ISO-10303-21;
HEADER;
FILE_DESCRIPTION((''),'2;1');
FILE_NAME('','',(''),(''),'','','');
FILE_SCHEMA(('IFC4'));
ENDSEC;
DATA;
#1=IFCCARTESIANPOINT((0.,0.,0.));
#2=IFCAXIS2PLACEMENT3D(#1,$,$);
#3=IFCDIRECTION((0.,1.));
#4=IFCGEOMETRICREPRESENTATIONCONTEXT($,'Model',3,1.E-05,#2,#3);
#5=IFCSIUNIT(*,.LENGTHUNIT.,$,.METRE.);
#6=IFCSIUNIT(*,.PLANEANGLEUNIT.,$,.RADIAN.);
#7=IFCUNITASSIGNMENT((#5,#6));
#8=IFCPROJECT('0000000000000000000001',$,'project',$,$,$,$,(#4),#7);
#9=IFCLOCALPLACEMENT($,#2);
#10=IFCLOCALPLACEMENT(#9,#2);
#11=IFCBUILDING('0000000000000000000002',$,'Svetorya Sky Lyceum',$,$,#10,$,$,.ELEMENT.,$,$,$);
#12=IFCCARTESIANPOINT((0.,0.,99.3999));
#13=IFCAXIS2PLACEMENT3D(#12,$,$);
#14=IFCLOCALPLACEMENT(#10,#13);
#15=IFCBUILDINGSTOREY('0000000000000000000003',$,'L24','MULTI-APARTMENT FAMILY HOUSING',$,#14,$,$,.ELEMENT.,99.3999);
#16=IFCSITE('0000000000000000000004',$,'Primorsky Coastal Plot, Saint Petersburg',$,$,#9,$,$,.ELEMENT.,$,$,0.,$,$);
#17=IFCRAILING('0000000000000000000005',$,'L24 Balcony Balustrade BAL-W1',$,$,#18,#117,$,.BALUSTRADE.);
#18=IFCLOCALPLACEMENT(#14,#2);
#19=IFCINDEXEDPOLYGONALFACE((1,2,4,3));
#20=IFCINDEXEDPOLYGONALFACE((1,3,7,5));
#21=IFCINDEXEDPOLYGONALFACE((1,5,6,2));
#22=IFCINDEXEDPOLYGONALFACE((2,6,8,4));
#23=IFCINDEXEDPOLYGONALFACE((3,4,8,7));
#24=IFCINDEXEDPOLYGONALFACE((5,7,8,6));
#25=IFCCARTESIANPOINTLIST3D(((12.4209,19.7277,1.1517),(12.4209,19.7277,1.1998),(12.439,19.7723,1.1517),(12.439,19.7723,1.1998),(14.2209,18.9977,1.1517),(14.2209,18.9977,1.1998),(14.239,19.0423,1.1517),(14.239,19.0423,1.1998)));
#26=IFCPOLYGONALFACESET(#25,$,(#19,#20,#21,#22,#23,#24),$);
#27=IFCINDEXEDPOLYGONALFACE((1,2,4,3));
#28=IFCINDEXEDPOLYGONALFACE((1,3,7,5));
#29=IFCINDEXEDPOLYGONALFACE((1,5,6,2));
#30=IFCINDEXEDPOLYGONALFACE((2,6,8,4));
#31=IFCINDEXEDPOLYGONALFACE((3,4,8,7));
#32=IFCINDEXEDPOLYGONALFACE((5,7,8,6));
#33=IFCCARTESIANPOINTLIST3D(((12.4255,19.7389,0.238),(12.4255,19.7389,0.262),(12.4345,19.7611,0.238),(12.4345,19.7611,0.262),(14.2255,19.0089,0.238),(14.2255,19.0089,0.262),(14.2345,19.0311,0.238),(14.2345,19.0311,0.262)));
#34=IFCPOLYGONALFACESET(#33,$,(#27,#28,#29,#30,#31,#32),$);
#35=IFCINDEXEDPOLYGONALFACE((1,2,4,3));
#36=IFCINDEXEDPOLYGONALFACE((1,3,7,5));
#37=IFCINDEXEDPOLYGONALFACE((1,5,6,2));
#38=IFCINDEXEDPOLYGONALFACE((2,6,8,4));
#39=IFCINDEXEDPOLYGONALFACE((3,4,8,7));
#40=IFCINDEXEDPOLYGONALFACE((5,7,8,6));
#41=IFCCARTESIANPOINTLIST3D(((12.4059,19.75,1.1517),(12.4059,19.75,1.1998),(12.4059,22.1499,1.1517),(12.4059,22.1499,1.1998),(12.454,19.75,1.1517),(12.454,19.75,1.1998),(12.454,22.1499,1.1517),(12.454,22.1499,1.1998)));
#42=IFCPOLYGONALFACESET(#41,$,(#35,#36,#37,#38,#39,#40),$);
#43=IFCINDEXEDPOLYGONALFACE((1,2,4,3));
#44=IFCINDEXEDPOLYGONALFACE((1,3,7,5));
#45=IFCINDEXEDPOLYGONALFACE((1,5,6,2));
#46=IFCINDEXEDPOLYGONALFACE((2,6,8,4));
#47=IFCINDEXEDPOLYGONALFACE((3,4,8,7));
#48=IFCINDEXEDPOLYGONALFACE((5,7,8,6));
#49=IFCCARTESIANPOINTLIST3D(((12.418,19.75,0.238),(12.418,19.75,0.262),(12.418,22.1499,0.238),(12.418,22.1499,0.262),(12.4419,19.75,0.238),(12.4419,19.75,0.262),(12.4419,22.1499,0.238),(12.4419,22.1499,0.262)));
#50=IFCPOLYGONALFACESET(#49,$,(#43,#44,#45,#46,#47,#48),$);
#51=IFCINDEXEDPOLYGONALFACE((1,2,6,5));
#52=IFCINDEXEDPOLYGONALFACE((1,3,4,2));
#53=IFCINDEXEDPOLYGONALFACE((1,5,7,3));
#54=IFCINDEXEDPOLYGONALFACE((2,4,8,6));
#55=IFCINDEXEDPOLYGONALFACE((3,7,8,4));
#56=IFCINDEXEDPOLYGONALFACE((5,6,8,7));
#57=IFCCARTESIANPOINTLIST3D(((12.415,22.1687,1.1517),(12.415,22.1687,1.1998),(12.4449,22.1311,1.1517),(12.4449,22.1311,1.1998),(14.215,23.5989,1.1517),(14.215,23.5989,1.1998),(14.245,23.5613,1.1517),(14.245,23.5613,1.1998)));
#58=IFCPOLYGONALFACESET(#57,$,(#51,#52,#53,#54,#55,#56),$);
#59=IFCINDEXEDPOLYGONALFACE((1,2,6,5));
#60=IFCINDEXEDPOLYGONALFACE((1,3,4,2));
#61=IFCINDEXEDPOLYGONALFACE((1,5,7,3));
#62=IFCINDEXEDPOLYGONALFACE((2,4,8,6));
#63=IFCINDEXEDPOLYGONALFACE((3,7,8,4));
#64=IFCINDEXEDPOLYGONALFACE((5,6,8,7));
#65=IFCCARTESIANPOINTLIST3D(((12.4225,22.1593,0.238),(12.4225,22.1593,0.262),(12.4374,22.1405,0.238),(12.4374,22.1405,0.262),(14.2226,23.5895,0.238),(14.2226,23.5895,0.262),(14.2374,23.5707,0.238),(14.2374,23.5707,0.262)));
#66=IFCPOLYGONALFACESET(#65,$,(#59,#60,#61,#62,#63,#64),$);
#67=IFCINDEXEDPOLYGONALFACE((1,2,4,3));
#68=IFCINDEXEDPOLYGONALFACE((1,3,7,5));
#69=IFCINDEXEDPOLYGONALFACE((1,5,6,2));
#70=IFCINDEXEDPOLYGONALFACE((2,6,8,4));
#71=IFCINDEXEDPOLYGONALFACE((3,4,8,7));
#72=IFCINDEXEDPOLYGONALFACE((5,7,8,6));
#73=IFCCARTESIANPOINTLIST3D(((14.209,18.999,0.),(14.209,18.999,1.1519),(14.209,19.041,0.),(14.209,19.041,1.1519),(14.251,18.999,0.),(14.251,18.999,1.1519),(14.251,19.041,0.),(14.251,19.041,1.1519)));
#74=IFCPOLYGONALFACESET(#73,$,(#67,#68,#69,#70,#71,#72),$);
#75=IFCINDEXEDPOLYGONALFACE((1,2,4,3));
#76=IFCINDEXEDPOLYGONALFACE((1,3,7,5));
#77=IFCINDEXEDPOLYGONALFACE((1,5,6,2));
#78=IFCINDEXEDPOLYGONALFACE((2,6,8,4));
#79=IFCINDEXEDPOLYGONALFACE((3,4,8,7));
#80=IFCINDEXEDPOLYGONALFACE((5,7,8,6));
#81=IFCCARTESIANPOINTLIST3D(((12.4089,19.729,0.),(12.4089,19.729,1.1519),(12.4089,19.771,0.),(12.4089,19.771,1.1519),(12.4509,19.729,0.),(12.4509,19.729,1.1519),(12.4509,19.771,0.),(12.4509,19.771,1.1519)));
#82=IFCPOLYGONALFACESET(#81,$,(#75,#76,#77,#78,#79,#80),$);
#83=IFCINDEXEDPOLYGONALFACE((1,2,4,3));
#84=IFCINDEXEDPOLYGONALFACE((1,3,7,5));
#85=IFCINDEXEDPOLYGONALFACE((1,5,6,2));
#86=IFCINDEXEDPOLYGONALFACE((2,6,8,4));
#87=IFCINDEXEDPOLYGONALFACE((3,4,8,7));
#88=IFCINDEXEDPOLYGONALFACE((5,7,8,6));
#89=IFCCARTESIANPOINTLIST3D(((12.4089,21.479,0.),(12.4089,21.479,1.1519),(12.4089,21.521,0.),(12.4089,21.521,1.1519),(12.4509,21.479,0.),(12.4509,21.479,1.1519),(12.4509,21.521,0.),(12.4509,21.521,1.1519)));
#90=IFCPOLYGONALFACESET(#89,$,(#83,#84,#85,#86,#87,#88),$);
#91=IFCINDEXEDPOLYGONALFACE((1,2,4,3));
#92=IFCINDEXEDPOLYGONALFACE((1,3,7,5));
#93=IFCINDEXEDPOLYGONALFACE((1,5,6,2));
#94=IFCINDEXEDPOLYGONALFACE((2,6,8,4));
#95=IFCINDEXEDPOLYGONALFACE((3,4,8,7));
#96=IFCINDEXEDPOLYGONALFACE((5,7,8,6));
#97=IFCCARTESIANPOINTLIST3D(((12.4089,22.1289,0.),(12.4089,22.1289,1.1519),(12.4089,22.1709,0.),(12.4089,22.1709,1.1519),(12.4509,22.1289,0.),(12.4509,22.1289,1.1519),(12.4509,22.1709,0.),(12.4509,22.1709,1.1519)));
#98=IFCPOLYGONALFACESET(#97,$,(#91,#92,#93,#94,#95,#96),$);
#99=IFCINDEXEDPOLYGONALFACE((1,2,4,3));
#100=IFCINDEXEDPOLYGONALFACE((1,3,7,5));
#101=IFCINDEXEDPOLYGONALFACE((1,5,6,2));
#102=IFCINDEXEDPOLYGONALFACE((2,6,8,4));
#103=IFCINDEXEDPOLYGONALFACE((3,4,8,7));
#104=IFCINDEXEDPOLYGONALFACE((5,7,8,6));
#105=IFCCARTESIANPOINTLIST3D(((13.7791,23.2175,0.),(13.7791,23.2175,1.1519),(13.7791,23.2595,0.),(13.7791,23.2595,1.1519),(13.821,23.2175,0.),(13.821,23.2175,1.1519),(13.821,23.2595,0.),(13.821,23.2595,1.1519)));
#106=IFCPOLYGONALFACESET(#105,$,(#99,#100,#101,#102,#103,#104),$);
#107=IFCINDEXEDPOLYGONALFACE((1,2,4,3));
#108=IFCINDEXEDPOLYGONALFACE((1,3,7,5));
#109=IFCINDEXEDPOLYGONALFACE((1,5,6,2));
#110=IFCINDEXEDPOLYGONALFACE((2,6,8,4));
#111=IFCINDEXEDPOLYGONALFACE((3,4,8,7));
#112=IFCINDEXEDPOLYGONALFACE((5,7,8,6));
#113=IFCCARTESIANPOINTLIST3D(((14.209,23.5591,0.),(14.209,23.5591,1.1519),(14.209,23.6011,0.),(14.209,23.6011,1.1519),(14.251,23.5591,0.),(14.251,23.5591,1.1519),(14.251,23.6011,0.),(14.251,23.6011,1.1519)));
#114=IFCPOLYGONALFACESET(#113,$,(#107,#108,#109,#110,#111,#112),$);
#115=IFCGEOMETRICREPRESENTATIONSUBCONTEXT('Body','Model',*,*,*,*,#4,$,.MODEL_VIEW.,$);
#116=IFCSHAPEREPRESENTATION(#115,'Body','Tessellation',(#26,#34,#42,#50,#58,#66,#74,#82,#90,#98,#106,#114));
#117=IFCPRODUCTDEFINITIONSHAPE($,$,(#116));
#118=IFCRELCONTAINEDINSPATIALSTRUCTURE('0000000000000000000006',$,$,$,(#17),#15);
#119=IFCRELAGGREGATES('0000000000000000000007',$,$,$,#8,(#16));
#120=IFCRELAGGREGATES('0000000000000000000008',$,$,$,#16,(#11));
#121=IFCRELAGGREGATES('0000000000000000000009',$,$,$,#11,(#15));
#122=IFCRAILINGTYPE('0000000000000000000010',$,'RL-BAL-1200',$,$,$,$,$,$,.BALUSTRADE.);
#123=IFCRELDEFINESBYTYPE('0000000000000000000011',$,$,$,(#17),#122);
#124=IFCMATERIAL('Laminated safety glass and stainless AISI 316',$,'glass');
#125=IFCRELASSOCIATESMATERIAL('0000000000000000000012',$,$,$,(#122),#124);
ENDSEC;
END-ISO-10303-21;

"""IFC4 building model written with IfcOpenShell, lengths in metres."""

from ifc_helpers import new_model, si_unit, direction, frame, origin, origin_2d, place, context, subcontext, project, spatial, rectangle, extrude, material, type_object, element, save


model = new_model("IFC4")

# Units and contexts
model_context = context("Model", 3, precision=1e-05, world=origin(), true_north=direction((0.0, 1.0)))
body_context = subcontext(model_context, "Body", "Model", "MODEL_VIEW")
ifc_project = project(units=[si_unit("LENGTHUNIT", "METRE"), si_unit("PLANEANGLEUNIT", "RADIAN")], contexts=[model_context])

# Site, building, storey
site_placement = place(None, origin())
site = spatial("IfcSite", under=ifc_project, at=site_placement, Name="Primorsky Coastal Plot, Saint Petersburg", CompositionType="ELEMENT", RefElevation=0.0)
building_placement = place(site_placement, origin())
building = spatial("IfcBuilding", under=site, at=building_placement, Name="Svetorya Sky Lyceum", CompositionType="ELEMENT")
storey_placement = place(building_placement, frame((0.0, 0.0, 99.3999)))
storey = spatial("IfcBuildingStorey", under=building, at=storey_placement, Name="L24", Description="MULTI-APARTMENT FAMILY HOUSING", CompositionType="ELEMENT", Elevation=99.3999)

# Railing
ifc_material_1 = material(Name="Laminated safety glass and stainless AISI 316", Category="glass")
railing_type = type_object("IfcRailingType", Name="RL-BAL-1200", PredefinedType="BALUSTRADE", material=ifc_material_1)
railing_placement = place(storey_placement, frame((14.23, 19.02, 0.0)))
element("IfcRailing", 1, at=railing_placement, inside=storey, type_object=railing_type, Name="L24 Balcony Balustrade BAL-W1", PredefinedType="BALUSTRADE", context=body_context, shape_type="SweptSolid", body=[
    extrude(rectangle(XDim=0.0481, YDim=0.0481, at=origin_2d()), frame((0.0, 0.0, 1.1758), z_axis=(-0.926698, 0.375807, 0.0), x_axis=(-0.375807, -0.926698, 0.0)), (0.0, 0.0, 1.0), 1.9424),
    extrude(rectangle(XDim=0.0239, YDim=0.0239, at=origin_2d()), frame((0.0, 0.0, 0.25), z_axis=(-0.926698, 0.375807, 0.0), x_axis=(-0.375807, -0.926698, 0.0)), (0.0, 0.0, 1.0), 1.9424),
    extrude(rectangle(XDim=0.0481, YDim=0.0481, at=origin_2d()), frame((-1.8, 0.73, 1.1758), z_axis=(0.0, 1.0, 0.0), x_axis=(-1.0, 0.0, 0.0)), (0.0, 0.0, 1.0), 2.3999),
    extrude(rectangle(XDim=0.0239, YDim=0.0239, at=origin_2d()), frame((-1.8, 0.73, 0.25), z_axis=(0.0, 1.0, 0.0), x_axis=(-1.0, 0.0, 0.0)), (0.0, 0.0, 1.0), 2.3999),
    extrude(rectangle(XDim=0.0481, YDim=0.0481, at=origin_2d()), frame((-1.8, 3.1299, 1.1758), z_axis=(0.782957, 0.622076, 0.0), x_axis=(-0.622076, 0.782957, 0.0)), (0.0, 0.0, 1.0), 2.2991),
    extrude(rectangle(XDim=0.0239, YDim=0.0239, at=origin_2d()), frame((-1.8, 3.1299, 0.25), z_axis=(0.782957, 0.622076, 0.0), x_axis=(-0.622076, 0.782957, 0.0)), (0.0, 0.0, 1.0), 2.2991),
    extrude(rectangle(XDim=0.042, YDim=0.042, at=origin_2d()), origin(), (0.0, 0.0, 1.0), 1.1519),
    extrude(rectangle(XDim=0.042, YDim=0.042, at=origin_2d()), frame((-1.8, 0.73, 0.0)), (0.0, 0.0, 1.0), 1.1519),
    extrude(rectangle(XDim=0.042, YDim=0.042, at=origin_2d()), frame((-1.8, 2.48, 0.0)), (0.0, 0.0, 1.0), 1.1519),
    extrude(rectangle(XDim=0.042, YDim=0.042, at=origin_2d()), frame((-1.8, 3.1299, 0.0)), (0.0, 0.0, 1.0), 1.1519),
    extrude(rectangle(XDim=0.042, YDim=0.042, at=origin_2d()), frame((-0.4299, 4.2185, 0.0)), (0.0, 0.0, 1.0), 1.1519),
    extrude(rectangle(XDim=0.042, YDim=0.042, at=origin_2d()), frame((0.0, 4.5601, 0.0)), (0.0, 0.0, 1.0), 1.1519),
])

save(model, "model.ifc")
